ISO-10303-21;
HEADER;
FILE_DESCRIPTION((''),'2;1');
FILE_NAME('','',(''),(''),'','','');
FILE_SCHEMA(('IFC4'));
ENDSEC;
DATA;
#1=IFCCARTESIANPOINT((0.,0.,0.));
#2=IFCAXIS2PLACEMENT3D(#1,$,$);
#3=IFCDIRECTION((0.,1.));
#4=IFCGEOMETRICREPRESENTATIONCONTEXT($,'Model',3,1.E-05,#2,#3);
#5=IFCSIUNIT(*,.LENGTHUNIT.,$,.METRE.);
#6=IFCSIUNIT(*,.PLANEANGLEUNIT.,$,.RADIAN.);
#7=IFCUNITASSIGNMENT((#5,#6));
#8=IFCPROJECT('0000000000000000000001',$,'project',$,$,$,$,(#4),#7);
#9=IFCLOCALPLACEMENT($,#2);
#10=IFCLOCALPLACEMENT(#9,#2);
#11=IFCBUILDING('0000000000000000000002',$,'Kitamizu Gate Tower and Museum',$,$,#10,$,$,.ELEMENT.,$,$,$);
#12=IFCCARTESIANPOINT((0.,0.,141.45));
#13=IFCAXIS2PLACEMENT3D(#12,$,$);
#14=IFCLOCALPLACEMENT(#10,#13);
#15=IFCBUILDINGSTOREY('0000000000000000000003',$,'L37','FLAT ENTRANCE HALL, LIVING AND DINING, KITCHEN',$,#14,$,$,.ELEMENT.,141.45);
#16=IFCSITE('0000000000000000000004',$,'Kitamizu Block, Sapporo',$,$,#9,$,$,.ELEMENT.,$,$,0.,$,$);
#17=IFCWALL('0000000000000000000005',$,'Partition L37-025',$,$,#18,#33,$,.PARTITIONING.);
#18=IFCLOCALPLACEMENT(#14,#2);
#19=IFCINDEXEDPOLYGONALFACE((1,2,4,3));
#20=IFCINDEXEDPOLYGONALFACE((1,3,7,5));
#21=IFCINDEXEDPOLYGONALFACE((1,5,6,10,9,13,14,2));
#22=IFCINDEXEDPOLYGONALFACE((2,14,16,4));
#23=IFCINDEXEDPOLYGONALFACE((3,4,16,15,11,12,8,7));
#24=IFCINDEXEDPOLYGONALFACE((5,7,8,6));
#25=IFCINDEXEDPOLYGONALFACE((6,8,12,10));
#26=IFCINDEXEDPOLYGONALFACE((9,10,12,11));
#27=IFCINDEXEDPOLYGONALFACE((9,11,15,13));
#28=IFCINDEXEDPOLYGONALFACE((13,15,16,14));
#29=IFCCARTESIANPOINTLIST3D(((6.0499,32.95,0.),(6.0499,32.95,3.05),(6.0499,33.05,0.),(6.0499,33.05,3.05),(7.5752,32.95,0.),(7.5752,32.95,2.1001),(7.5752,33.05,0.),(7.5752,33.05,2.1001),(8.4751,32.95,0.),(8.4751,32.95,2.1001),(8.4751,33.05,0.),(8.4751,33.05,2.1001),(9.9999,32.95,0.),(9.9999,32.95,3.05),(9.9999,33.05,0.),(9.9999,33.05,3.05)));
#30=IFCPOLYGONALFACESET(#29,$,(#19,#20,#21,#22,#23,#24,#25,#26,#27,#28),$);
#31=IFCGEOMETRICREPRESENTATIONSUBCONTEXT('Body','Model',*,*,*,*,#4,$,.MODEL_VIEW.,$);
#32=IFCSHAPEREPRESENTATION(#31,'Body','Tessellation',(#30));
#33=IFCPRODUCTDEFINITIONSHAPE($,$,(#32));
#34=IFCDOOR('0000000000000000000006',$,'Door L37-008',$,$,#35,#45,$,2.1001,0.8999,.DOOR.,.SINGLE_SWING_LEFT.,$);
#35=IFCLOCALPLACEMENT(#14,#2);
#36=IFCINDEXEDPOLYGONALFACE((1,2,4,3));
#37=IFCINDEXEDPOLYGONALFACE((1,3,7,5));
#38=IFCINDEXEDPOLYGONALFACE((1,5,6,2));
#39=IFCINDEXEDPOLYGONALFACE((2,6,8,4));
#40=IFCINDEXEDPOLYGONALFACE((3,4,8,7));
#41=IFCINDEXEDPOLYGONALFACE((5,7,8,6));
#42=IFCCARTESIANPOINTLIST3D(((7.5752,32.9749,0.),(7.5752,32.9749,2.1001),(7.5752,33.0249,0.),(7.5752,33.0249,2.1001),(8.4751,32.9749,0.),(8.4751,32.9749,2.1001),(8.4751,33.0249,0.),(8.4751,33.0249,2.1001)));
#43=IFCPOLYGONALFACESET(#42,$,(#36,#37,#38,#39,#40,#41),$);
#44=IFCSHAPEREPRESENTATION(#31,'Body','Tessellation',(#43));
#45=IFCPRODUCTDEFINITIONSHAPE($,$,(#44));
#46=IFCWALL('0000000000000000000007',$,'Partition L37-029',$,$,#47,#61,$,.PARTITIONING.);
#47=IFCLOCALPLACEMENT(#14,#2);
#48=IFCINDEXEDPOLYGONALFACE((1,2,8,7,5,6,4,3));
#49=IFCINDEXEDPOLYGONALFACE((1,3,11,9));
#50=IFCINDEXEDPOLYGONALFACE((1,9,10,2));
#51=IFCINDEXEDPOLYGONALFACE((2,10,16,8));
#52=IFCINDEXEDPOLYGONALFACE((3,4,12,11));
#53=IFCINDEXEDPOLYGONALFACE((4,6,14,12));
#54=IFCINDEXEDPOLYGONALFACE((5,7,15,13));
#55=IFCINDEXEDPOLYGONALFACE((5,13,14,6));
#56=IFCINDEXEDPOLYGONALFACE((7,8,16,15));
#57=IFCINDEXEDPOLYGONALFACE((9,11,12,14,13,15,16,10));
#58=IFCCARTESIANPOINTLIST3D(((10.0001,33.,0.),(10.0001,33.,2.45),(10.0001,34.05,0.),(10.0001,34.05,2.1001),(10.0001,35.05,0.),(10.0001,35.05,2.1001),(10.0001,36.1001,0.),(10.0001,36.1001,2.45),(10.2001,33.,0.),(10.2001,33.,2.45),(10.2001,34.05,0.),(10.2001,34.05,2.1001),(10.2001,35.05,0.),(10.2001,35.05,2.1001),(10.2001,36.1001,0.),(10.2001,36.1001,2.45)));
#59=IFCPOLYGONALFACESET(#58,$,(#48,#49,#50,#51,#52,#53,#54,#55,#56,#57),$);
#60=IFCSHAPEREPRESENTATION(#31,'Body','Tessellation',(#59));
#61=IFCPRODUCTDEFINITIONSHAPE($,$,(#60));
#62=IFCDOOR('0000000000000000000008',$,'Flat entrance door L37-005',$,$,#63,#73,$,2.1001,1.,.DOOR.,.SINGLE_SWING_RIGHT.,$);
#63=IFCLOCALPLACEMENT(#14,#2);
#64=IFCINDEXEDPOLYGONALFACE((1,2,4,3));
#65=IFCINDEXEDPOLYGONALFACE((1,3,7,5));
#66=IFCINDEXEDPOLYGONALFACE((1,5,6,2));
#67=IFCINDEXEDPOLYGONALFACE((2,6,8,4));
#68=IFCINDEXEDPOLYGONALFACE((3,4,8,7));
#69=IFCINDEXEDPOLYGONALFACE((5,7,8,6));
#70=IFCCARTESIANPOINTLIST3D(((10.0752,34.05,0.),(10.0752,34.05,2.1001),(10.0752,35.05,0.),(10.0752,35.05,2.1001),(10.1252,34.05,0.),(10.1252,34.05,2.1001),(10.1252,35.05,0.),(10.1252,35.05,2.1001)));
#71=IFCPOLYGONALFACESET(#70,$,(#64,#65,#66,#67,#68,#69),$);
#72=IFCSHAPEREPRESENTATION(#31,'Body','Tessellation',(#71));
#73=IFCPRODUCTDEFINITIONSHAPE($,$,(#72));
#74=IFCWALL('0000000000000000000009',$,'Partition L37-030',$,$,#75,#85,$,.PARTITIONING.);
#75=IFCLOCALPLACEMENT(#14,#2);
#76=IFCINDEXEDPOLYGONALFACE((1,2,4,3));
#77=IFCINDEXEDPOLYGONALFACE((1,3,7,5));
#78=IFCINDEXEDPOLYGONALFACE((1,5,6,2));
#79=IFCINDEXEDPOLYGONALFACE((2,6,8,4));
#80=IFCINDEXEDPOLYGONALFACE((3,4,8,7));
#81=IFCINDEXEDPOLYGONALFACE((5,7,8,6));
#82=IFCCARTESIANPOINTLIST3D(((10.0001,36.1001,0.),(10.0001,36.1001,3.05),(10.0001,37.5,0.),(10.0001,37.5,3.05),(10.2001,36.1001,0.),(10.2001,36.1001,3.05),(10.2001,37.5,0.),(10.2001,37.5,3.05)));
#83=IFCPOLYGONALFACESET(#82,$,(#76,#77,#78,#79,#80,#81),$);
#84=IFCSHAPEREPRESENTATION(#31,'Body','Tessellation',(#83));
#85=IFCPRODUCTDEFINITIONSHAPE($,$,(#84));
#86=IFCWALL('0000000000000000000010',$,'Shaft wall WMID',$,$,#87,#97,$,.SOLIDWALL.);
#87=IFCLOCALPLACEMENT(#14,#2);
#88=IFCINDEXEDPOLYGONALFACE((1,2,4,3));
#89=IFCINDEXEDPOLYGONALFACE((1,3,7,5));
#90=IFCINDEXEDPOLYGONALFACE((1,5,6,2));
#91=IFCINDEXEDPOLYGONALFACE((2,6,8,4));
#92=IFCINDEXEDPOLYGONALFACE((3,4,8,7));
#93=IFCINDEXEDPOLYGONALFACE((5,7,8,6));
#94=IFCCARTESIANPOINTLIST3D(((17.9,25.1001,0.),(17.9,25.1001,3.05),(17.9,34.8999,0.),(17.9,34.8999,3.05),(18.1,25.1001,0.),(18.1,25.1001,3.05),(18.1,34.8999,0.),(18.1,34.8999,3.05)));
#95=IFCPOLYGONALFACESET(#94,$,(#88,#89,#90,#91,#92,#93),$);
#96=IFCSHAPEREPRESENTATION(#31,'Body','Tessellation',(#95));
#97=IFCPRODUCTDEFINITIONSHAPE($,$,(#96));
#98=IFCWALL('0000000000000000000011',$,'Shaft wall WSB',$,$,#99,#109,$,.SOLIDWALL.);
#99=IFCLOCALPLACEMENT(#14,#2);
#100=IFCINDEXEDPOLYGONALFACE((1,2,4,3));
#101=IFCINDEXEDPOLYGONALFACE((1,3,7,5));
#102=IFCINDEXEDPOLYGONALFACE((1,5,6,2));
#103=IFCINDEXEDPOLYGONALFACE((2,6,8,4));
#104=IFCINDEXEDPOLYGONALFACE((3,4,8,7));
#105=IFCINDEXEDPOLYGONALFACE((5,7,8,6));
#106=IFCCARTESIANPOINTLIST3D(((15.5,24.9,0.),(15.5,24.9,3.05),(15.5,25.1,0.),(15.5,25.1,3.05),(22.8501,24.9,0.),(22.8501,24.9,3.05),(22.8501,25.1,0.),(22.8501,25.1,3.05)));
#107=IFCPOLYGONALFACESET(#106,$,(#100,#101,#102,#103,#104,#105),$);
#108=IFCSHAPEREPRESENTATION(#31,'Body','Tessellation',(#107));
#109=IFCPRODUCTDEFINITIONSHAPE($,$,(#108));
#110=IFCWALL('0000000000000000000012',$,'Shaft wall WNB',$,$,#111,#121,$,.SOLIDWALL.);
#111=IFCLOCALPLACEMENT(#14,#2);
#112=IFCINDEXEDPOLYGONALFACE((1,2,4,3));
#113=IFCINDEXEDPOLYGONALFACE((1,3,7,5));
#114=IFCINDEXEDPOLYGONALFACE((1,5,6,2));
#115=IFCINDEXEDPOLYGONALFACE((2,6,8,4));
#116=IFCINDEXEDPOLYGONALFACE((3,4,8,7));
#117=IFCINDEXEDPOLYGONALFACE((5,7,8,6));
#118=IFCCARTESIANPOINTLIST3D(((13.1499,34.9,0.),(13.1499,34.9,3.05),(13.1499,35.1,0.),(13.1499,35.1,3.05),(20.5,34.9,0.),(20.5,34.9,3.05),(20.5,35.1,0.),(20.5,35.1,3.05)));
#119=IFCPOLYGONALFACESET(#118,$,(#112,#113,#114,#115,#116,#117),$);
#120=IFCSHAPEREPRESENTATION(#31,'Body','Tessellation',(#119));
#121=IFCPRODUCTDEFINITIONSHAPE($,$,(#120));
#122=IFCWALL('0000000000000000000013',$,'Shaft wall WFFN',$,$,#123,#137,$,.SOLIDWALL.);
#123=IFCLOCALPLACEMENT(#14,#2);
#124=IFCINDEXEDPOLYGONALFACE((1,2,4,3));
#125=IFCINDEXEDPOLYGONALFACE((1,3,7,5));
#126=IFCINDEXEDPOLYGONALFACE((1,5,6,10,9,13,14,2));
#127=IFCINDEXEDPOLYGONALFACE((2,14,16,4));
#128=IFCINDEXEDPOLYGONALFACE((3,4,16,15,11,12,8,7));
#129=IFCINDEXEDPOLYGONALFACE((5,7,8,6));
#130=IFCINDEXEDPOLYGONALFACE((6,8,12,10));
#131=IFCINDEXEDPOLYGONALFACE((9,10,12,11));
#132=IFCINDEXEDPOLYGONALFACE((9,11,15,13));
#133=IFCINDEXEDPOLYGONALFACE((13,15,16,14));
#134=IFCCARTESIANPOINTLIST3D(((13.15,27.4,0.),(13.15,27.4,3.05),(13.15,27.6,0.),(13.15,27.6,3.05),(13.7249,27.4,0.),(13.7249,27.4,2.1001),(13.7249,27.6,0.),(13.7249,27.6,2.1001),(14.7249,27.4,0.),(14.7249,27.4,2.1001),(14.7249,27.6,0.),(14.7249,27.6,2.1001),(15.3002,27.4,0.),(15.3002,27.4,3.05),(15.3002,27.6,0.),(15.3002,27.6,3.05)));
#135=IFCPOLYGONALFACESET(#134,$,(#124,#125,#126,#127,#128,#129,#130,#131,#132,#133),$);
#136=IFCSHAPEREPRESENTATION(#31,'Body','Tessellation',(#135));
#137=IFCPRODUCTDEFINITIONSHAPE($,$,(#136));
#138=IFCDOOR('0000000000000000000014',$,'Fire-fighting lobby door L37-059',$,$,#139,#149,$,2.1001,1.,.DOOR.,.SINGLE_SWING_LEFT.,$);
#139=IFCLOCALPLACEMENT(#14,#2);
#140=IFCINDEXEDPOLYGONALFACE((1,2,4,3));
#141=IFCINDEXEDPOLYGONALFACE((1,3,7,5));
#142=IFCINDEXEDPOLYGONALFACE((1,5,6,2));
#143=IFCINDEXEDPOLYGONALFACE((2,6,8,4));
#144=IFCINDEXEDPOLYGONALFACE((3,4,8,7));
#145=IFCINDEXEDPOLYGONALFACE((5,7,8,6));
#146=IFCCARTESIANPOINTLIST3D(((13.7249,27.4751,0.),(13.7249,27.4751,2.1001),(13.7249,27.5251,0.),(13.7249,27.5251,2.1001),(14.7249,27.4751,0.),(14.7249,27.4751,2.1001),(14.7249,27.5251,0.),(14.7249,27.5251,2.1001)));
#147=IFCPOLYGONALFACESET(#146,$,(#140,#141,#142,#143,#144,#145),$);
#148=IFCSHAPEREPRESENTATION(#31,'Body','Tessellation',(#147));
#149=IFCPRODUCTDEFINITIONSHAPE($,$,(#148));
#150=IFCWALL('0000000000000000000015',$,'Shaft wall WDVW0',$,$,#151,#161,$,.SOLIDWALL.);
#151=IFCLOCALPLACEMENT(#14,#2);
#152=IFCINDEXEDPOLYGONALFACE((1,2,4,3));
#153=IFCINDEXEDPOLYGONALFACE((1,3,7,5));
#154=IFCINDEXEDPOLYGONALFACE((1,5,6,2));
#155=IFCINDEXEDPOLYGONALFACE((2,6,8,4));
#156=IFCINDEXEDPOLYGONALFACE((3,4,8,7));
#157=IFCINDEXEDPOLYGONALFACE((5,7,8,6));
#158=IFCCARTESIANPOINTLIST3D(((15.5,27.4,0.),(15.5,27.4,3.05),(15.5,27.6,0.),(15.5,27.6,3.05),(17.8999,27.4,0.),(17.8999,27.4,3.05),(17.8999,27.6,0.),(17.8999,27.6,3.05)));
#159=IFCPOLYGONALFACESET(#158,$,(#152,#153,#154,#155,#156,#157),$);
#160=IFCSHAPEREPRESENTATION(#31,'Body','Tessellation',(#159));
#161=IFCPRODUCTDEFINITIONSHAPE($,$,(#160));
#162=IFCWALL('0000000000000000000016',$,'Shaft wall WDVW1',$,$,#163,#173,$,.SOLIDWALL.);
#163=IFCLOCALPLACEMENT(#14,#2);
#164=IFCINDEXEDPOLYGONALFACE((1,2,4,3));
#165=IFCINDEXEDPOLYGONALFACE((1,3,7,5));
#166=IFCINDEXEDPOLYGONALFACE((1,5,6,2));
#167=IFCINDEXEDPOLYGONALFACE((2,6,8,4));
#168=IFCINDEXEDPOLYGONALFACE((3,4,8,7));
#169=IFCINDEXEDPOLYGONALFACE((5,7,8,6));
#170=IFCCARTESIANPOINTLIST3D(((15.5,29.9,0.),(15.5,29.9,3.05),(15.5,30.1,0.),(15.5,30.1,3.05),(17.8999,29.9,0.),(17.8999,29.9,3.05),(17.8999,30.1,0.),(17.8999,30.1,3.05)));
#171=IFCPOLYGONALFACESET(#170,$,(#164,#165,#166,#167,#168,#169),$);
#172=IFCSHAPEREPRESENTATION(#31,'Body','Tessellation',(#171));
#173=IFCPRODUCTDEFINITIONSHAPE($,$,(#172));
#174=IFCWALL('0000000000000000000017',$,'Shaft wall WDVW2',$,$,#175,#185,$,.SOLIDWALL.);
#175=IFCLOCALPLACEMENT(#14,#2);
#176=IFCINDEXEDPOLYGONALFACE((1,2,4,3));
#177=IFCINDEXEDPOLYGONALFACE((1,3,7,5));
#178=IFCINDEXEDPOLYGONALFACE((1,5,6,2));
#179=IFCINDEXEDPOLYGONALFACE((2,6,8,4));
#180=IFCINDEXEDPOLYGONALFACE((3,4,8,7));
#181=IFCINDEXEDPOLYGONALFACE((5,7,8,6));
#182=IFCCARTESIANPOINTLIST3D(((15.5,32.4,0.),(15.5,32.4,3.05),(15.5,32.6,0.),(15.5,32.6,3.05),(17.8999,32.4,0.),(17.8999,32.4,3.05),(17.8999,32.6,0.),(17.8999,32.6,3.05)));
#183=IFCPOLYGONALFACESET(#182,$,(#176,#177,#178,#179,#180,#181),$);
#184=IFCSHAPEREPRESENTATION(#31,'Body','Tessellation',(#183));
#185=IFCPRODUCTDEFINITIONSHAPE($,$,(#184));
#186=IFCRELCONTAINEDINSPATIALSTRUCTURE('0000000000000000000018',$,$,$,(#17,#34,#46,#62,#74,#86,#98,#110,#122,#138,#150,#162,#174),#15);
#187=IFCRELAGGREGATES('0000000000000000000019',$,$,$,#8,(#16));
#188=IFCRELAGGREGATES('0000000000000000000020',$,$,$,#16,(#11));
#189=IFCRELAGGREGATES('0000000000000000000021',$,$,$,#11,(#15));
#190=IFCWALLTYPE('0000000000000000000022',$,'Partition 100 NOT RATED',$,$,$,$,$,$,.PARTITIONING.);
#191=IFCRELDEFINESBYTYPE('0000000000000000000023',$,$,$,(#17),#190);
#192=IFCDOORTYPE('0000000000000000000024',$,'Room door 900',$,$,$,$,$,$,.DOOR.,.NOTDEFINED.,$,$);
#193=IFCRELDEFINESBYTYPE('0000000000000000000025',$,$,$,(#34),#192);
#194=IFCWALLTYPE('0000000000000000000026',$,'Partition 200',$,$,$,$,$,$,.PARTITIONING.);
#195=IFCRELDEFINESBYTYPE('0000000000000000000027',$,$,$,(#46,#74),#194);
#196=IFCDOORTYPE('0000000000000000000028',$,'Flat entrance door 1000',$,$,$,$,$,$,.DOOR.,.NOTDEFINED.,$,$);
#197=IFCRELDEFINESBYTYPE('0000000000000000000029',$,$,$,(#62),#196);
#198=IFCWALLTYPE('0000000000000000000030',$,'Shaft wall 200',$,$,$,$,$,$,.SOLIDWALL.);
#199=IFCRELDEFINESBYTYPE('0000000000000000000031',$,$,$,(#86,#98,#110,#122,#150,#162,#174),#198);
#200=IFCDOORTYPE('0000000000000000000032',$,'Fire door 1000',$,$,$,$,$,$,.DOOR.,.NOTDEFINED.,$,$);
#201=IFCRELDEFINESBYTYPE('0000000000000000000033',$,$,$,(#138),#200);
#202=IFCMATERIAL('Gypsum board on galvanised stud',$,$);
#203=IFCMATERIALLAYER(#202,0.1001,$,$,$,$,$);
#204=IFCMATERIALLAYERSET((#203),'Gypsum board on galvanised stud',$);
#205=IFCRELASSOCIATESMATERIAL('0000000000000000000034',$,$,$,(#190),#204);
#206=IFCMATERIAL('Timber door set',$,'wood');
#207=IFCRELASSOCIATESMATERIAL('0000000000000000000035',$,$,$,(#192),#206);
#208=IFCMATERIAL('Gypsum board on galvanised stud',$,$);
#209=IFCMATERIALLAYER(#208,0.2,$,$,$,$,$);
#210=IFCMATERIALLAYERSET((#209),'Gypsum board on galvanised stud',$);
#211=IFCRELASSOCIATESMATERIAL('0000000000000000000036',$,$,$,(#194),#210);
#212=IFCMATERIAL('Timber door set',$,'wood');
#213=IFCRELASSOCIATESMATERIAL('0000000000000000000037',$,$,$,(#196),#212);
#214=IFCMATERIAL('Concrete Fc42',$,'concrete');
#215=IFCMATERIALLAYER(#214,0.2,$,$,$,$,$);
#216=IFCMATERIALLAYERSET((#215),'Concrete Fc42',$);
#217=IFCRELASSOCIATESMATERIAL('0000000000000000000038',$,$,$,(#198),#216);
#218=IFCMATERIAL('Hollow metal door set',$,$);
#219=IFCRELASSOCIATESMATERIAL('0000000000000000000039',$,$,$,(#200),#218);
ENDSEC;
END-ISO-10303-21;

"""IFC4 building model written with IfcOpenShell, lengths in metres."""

from ifc_helpers import new_model, si_unit, direction, frame, frame_2d, origin, place, context, subcontext, project, spatial, rectangle, extrude, material, layer, layer_set, type_object, element, fill, save


model = new_model("IFC4")

# Units and contexts
model_context = context("Model", 3, precision=1e-05, world=origin(), true_north=direction((0.0, 1.0)))
body_context = subcontext(model_context, "Body", "Model", "MODEL_VIEW")
ifc_project = project(units=[si_unit("LENGTHUNIT", "METRE"), si_unit("PLANEANGLEUNIT", "RADIAN")], contexts=[model_context])

# Site, building, storey
site_placement = place(None, origin())
site = spatial("IfcSite", under=ifc_project, at=site_placement, Name="Kitamizu Block, Sapporo", CompositionType="ELEMENT", RefElevation=0.0)
building_placement = place(site_placement, origin())
building = spatial("IfcBuilding", under=site, at=building_placement, Name="Kitamizu Gate Tower and Museum", CompositionType="ELEMENT")
storey_placement = place(building_placement, frame((0.0, 0.0, 141.45)))
storey = spatial("IfcBuildingStorey", under=building, at=storey_placement, Name="L37", Description="FLAT ENTRANCE HALL, LIVING AND DINING, KITCHEN", CompositionType="ELEMENT", Elevation=141.45)

# Shared definitions
ifc_material_1 = material(Name="Gypsum board on galvanised stud")
ifc_layer_1 = layer(ifc_material_1, 0.1001)
ifc_layer_set_1 = layer_set([ifc_layer_1], Name="Gypsum board on galvanised stud")
wall_type_1 = type_object("IfcWallType", Name="Partition 100 NOT RATED", PredefinedType="PARTITIONING", material=ifc_layer_set_1)

# Walls, openings, doors
ifc_material_2 = material(Name="Timber door set", Category="wood")
door_type_1 = type_object("IfcDoorType", Name="Room door 900", OperationType="NOTDEFINED", PredefinedType="DOOR", material=ifc_material_2)
wall_1_placement = place(storey_placement, frame((10.0, 33.0, 0.0), z_axis=(0.0, 0.0, 1.0), x_axis=(-1.0, 0.0, 0.0)))
wall_1 = element("IfcWall", 1, at=wall_1_placement, inside=storey, type_object=wall_type_1, Name="Partition L37-025", PredefinedType="PARTITIONING", context=body_context, shape_type="SweptSolid", body=[
    extrude(rectangle(XDim=3.95, YDim=0.1001, at=frame_2d((1.9751, 0.0))), origin(), (0.0, 0.0, 1.0), 3.05),
])
opening_1_placement = place(wall_1_placement, frame((1.5249, 0.0, 0.0)))
opening_1 = element("IfcOpeningElement", 2, at=opening_1_placement, cuts=wall_1, PredefinedType="OPENING", context=body_context, shape_type="SweptSolid", body=[
    extrude(rectangle(XDim=0.8999, YDim=2.1001, at=frame_2d((0.45, 1.05))), frame((0.0, 0.0601, 0.0), z_axis=(0.0, -1.0, 0.0), x_axis=(1.0, 0.0, 0.0)), (0.0, 0.0, 1.0), 0.1201),
])
door_1_placement = place(opening_1_placement, frame((0.8999, 0.0, 0.0), x_axis=(-1.0, 0.0, 0.0)))
door_1 = element("IfcDoor", 3, at=door_1_placement, inside=storey, type_object=door_type_1, Name="Door L37-008", OperationType="SINGLE_SWING_LEFT", OverallHeight=2.1001, OverallWidth=0.8999, PredefinedType="DOOR", context=body_context, shape_type="SweptSolid", body=[
    extrude(rectangle(XDim=0.8999, YDim=2.1001, at=frame_2d((0.45, 1.05))), frame((0.0, 0.0249, 0.0), z_axis=(0.0, -1.0, 0.0), x_axis=(1.0, 0.0, 0.0)), (0.0, 0.0, 1.0), 0.05),
])
fill(opening_1, door_1)
ifc_material_3 = material(Name="Gypsum board on galvanised stud")
ifc_layer_2 = layer(ifc_material_3, 0.2)
ifc_layer_set_2 = layer_set([ifc_layer_2], Name="Gypsum board on galvanised stud")
wall_type_2 = type_object("IfcWallType", Name="Partition 200", PredefinedType="PARTITIONING", material=ifc_layer_set_2)
wall_2_placement = place(storey_placement, frame((10.1001, 33.0, 0.0), z_axis=(0.0, 0.0, 1.0), x_axis=(0.0, 1.0, 0.0)))
wall_2 = element("IfcWall", 4, at=wall_2_placement, inside=storey, type_object=wall_type_2, Name="Partition L37-029", PredefinedType="PARTITIONING", context=body_context, shape_type="SweptSolid", body=[
    extrude(rectangle(XDim=3.1001, YDim=0.2, at=frame_2d((1.55, 0.0))), origin(), (0.0, 0.0, 1.0), 2.45),
])
opening_2_placement = place(wall_2_placement, frame((1.05, 0.0, 0.0)))
opening_2 = element("IfcOpeningElement", 5, at=opening_2_placement, cuts=wall_2, PredefinedType="OPENING", context=body_context, shape_type="SweptSolid", body=[
    extrude(rectangle(XDim=1.0, YDim=2.1001, at=frame_2d((0.5, 1.05))), frame((0.0, 0.1099, 0.0), z_axis=(0.0, -1.0, 0.0), x_axis=(1.0, 0.0, 0.0)), (0.0, 0.0, 1.0), 0.22),
])
ifc_material_4 = material(Name="Timber door set", Category="wood")
door_type_2 = type_object("IfcDoorType", Name="Flat entrance door 1000", OperationType="NOTDEFINED", PredefinedType="DOOR", material=ifc_material_4)
door_2_placement = place(opening_2_placement, origin())
door_2 = element("IfcDoor", 6, at=door_2_placement, inside=storey, type_object=door_type_2, Name="Flat entrance door L37-005", OperationType="SINGLE_SWING_RIGHT", OverallHeight=2.1001, OverallWidth=1.0, PredefinedType="DOOR", context=body_context, shape_type="SweptSolid", body=[
    extrude(rectangle(XDim=1.0, YDim=2.1001, at=frame_2d((0.5, 1.05))), frame((0.0, 0.0249, 0.0), z_axis=(0.0, -1.0, 0.0), x_axis=(1.0, 0.0, 0.0)), (0.0, 0.0, 1.0), 0.05),
])
fill(opening_2, door_2)

# Walls
wall_3_placement = place(storey_placement, frame((10.1001, 36.1001, 0.0), z_axis=(0.0, 0.0, 1.0), x_axis=(0.0, 1.0, 0.0)))
element("IfcWall", 7, at=wall_3_placement, inside=storey, type_object=wall_type_2, Name="Partition L37-030", PredefinedType="PARTITIONING", context=body_context, shape_type="SweptSolid", body=[
    extrude(rectangle(XDim=1.3999, YDim=0.2, at=frame_2d((0.7, 0.0))), origin(), (0.0, 0.0, 1.0), 3.05),
])
ifc_material_5 = material(Name="Concrete Fc42", Category="concrete")
ifc_layer_3 = layer(ifc_material_5, 0.2)
ifc_layer_set_3 = layer_set([ifc_layer_3], Name="Concrete Fc42")
wall_type_3 = type_object("IfcWallType", Name="Shaft wall 200", PredefinedType="SOLIDWALL", material=ifc_layer_set_3)
wall_4_placement = place(storey_placement, frame((18.0, 25.1001, 0.0), z_axis=(0.0, 0.0, 1.0), x_axis=(0.0, 1.0, 0.0)))
element("IfcWall", 8, at=wall_4_placement, inside=storey, type_object=wall_type_3, Name="Shaft wall WMID", PredefinedType="SOLIDWALL", context=body_context, shape_type="SweptSolid", body=[
    extrude(rectangle(XDim=9.7998, YDim=0.2, at=frame_2d((4.8999, 0.0))), origin(), (0.0, 0.0, 1.0), 3.05),
])
for number, where, z_axis, x_axis, name in (
    (9, (15.5, 25.0, 0.0), (0.0, 0.0, 1.0), (1.0, 0.0, 0.0), "Shaft wall WSB"),
    (10, (13.1499, 35.0, 0.0), (0.0, 0.0, 1.0), (1.0, 0.0, 0.0), "Shaft wall WNB"),
):
    element("IfcWall", number, at=place(storey_placement, frame(where, z_axis=z_axis, x_axis=x_axis)), inside=storey, type_object=wall_type_3, Name=name, PredefinedType="SOLIDWALL", context=body_context, shape_type="SweptSolid", body=[
        extrude(rectangle(XDim=7.3501, YDim=0.2, at=frame_2d((3.675, 0.0))), origin(), (0.0, 0.0, 1.0), 3.05),
    ])

# Wall, opening, door
wall_5_placement = place(storey_placement, frame((13.1499, 27.5, 0.0), z_axis=(0.0, 0.0, 1.0), x_axis=(1.0, 0.0, 0.0)))
wall_5 = element("IfcWall", 11, at=wall_5_placement, inside=storey, type_object=wall_type_3, Name="Shaft wall WFFN", PredefinedType="SOLIDWALL", context=body_context, shape_type="SweptSolid", body=[
    extrude(rectangle(XDim=2.1501, YDim=0.2, at=frame_2d((1.0752, 0.0))), origin(), (0.0, 0.0, 1.0), 3.05),
])
opening_3_placement = place(wall_5_placement, frame((0.575, 0.0, 0.0)))
opening_3 = element("IfcOpeningElement", 12, at=opening_3_placement, cuts=wall_5, PredefinedType="OPENING", context=body_context, shape_type="SweptSolid", body=[
    extrude(rectangle(XDim=1.0, YDim=2.1001, at=frame_2d((0.5, 1.05))), frame((0.0, 0.1099, 0.0), z_axis=(0.0, -1.0, 0.0), x_axis=(1.0, 0.0, 0.0)), (0.0, 0.0, 1.0), 0.22),
])
ifc_material_6 = material(Name="Hollow metal door set")
door_type_3 = type_object("IfcDoorType", Name="Fire door 1000", OperationType="NOTDEFINED", PredefinedType="DOOR", material=ifc_material_6)
door_3_placement = place(opening_3_placement, frame((1.0, 0.0, 0.0), x_axis=(-1.0, 0.0, 0.0)))
door_3 = element("IfcDoor", 13, at=door_3_placement, inside=storey, type_object=door_type_3, Name="Fire-fighting lobby door L37-059", OperationType="SINGLE_SWING_LEFT", OverallHeight=2.1001, OverallWidth=1.0, PredefinedType="DOOR", context=body_context, shape_type="SweptSolid", body=[
    extrude(rectangle(XDim=1.0, YDim=2.1001, at=frame_2d((0.5, 1.05))), frame((0.0, 0.0249, 0.0), z_axis=(0.0, -1.0, 0.0), x_axis=(1.0, 0.0, 0.0)), (0.0, 0.0, 1.0), 0.05),
])
fill(opening_3, door_3)

# Walls
for number, where, z_axis, x_axis, name in (
    (14, (15.5, 27.5, 0.0), (0.0, 0.0, 1.0), (1.0, 0.0, 0.0), "Shaft wall WDVW0"),
    (15, (15.5, 30.0, 0.0), (0.0, 0.0, 1.0), (1.0, 0.0, 0.0), "Shaft wall WDVW1"),
    (16, (15.5, 32.5, 0.0), (0.0, 0.0, 1.0), (1.0, 0.0, 0.0), "Shaft wall WDVW2"),
):
    element("IfcWall", number, at=place(storey_placement, frame(where, z_axis=z_axis, x_axis=x_axis)), inside=storey, type_object=wall_type_3, Name=name, PredefinedType="SOLIDWALL", context=body_context, shape_type="SweptSolid", body=[
        extrude(rectangle(XDim=2.3999, YDim=0.2, at=frame_2d((1.2, 0.0))), origin(), (0.0, 0.0, 1.0), 3.05),
    ])

save(model, "model.ifc")
